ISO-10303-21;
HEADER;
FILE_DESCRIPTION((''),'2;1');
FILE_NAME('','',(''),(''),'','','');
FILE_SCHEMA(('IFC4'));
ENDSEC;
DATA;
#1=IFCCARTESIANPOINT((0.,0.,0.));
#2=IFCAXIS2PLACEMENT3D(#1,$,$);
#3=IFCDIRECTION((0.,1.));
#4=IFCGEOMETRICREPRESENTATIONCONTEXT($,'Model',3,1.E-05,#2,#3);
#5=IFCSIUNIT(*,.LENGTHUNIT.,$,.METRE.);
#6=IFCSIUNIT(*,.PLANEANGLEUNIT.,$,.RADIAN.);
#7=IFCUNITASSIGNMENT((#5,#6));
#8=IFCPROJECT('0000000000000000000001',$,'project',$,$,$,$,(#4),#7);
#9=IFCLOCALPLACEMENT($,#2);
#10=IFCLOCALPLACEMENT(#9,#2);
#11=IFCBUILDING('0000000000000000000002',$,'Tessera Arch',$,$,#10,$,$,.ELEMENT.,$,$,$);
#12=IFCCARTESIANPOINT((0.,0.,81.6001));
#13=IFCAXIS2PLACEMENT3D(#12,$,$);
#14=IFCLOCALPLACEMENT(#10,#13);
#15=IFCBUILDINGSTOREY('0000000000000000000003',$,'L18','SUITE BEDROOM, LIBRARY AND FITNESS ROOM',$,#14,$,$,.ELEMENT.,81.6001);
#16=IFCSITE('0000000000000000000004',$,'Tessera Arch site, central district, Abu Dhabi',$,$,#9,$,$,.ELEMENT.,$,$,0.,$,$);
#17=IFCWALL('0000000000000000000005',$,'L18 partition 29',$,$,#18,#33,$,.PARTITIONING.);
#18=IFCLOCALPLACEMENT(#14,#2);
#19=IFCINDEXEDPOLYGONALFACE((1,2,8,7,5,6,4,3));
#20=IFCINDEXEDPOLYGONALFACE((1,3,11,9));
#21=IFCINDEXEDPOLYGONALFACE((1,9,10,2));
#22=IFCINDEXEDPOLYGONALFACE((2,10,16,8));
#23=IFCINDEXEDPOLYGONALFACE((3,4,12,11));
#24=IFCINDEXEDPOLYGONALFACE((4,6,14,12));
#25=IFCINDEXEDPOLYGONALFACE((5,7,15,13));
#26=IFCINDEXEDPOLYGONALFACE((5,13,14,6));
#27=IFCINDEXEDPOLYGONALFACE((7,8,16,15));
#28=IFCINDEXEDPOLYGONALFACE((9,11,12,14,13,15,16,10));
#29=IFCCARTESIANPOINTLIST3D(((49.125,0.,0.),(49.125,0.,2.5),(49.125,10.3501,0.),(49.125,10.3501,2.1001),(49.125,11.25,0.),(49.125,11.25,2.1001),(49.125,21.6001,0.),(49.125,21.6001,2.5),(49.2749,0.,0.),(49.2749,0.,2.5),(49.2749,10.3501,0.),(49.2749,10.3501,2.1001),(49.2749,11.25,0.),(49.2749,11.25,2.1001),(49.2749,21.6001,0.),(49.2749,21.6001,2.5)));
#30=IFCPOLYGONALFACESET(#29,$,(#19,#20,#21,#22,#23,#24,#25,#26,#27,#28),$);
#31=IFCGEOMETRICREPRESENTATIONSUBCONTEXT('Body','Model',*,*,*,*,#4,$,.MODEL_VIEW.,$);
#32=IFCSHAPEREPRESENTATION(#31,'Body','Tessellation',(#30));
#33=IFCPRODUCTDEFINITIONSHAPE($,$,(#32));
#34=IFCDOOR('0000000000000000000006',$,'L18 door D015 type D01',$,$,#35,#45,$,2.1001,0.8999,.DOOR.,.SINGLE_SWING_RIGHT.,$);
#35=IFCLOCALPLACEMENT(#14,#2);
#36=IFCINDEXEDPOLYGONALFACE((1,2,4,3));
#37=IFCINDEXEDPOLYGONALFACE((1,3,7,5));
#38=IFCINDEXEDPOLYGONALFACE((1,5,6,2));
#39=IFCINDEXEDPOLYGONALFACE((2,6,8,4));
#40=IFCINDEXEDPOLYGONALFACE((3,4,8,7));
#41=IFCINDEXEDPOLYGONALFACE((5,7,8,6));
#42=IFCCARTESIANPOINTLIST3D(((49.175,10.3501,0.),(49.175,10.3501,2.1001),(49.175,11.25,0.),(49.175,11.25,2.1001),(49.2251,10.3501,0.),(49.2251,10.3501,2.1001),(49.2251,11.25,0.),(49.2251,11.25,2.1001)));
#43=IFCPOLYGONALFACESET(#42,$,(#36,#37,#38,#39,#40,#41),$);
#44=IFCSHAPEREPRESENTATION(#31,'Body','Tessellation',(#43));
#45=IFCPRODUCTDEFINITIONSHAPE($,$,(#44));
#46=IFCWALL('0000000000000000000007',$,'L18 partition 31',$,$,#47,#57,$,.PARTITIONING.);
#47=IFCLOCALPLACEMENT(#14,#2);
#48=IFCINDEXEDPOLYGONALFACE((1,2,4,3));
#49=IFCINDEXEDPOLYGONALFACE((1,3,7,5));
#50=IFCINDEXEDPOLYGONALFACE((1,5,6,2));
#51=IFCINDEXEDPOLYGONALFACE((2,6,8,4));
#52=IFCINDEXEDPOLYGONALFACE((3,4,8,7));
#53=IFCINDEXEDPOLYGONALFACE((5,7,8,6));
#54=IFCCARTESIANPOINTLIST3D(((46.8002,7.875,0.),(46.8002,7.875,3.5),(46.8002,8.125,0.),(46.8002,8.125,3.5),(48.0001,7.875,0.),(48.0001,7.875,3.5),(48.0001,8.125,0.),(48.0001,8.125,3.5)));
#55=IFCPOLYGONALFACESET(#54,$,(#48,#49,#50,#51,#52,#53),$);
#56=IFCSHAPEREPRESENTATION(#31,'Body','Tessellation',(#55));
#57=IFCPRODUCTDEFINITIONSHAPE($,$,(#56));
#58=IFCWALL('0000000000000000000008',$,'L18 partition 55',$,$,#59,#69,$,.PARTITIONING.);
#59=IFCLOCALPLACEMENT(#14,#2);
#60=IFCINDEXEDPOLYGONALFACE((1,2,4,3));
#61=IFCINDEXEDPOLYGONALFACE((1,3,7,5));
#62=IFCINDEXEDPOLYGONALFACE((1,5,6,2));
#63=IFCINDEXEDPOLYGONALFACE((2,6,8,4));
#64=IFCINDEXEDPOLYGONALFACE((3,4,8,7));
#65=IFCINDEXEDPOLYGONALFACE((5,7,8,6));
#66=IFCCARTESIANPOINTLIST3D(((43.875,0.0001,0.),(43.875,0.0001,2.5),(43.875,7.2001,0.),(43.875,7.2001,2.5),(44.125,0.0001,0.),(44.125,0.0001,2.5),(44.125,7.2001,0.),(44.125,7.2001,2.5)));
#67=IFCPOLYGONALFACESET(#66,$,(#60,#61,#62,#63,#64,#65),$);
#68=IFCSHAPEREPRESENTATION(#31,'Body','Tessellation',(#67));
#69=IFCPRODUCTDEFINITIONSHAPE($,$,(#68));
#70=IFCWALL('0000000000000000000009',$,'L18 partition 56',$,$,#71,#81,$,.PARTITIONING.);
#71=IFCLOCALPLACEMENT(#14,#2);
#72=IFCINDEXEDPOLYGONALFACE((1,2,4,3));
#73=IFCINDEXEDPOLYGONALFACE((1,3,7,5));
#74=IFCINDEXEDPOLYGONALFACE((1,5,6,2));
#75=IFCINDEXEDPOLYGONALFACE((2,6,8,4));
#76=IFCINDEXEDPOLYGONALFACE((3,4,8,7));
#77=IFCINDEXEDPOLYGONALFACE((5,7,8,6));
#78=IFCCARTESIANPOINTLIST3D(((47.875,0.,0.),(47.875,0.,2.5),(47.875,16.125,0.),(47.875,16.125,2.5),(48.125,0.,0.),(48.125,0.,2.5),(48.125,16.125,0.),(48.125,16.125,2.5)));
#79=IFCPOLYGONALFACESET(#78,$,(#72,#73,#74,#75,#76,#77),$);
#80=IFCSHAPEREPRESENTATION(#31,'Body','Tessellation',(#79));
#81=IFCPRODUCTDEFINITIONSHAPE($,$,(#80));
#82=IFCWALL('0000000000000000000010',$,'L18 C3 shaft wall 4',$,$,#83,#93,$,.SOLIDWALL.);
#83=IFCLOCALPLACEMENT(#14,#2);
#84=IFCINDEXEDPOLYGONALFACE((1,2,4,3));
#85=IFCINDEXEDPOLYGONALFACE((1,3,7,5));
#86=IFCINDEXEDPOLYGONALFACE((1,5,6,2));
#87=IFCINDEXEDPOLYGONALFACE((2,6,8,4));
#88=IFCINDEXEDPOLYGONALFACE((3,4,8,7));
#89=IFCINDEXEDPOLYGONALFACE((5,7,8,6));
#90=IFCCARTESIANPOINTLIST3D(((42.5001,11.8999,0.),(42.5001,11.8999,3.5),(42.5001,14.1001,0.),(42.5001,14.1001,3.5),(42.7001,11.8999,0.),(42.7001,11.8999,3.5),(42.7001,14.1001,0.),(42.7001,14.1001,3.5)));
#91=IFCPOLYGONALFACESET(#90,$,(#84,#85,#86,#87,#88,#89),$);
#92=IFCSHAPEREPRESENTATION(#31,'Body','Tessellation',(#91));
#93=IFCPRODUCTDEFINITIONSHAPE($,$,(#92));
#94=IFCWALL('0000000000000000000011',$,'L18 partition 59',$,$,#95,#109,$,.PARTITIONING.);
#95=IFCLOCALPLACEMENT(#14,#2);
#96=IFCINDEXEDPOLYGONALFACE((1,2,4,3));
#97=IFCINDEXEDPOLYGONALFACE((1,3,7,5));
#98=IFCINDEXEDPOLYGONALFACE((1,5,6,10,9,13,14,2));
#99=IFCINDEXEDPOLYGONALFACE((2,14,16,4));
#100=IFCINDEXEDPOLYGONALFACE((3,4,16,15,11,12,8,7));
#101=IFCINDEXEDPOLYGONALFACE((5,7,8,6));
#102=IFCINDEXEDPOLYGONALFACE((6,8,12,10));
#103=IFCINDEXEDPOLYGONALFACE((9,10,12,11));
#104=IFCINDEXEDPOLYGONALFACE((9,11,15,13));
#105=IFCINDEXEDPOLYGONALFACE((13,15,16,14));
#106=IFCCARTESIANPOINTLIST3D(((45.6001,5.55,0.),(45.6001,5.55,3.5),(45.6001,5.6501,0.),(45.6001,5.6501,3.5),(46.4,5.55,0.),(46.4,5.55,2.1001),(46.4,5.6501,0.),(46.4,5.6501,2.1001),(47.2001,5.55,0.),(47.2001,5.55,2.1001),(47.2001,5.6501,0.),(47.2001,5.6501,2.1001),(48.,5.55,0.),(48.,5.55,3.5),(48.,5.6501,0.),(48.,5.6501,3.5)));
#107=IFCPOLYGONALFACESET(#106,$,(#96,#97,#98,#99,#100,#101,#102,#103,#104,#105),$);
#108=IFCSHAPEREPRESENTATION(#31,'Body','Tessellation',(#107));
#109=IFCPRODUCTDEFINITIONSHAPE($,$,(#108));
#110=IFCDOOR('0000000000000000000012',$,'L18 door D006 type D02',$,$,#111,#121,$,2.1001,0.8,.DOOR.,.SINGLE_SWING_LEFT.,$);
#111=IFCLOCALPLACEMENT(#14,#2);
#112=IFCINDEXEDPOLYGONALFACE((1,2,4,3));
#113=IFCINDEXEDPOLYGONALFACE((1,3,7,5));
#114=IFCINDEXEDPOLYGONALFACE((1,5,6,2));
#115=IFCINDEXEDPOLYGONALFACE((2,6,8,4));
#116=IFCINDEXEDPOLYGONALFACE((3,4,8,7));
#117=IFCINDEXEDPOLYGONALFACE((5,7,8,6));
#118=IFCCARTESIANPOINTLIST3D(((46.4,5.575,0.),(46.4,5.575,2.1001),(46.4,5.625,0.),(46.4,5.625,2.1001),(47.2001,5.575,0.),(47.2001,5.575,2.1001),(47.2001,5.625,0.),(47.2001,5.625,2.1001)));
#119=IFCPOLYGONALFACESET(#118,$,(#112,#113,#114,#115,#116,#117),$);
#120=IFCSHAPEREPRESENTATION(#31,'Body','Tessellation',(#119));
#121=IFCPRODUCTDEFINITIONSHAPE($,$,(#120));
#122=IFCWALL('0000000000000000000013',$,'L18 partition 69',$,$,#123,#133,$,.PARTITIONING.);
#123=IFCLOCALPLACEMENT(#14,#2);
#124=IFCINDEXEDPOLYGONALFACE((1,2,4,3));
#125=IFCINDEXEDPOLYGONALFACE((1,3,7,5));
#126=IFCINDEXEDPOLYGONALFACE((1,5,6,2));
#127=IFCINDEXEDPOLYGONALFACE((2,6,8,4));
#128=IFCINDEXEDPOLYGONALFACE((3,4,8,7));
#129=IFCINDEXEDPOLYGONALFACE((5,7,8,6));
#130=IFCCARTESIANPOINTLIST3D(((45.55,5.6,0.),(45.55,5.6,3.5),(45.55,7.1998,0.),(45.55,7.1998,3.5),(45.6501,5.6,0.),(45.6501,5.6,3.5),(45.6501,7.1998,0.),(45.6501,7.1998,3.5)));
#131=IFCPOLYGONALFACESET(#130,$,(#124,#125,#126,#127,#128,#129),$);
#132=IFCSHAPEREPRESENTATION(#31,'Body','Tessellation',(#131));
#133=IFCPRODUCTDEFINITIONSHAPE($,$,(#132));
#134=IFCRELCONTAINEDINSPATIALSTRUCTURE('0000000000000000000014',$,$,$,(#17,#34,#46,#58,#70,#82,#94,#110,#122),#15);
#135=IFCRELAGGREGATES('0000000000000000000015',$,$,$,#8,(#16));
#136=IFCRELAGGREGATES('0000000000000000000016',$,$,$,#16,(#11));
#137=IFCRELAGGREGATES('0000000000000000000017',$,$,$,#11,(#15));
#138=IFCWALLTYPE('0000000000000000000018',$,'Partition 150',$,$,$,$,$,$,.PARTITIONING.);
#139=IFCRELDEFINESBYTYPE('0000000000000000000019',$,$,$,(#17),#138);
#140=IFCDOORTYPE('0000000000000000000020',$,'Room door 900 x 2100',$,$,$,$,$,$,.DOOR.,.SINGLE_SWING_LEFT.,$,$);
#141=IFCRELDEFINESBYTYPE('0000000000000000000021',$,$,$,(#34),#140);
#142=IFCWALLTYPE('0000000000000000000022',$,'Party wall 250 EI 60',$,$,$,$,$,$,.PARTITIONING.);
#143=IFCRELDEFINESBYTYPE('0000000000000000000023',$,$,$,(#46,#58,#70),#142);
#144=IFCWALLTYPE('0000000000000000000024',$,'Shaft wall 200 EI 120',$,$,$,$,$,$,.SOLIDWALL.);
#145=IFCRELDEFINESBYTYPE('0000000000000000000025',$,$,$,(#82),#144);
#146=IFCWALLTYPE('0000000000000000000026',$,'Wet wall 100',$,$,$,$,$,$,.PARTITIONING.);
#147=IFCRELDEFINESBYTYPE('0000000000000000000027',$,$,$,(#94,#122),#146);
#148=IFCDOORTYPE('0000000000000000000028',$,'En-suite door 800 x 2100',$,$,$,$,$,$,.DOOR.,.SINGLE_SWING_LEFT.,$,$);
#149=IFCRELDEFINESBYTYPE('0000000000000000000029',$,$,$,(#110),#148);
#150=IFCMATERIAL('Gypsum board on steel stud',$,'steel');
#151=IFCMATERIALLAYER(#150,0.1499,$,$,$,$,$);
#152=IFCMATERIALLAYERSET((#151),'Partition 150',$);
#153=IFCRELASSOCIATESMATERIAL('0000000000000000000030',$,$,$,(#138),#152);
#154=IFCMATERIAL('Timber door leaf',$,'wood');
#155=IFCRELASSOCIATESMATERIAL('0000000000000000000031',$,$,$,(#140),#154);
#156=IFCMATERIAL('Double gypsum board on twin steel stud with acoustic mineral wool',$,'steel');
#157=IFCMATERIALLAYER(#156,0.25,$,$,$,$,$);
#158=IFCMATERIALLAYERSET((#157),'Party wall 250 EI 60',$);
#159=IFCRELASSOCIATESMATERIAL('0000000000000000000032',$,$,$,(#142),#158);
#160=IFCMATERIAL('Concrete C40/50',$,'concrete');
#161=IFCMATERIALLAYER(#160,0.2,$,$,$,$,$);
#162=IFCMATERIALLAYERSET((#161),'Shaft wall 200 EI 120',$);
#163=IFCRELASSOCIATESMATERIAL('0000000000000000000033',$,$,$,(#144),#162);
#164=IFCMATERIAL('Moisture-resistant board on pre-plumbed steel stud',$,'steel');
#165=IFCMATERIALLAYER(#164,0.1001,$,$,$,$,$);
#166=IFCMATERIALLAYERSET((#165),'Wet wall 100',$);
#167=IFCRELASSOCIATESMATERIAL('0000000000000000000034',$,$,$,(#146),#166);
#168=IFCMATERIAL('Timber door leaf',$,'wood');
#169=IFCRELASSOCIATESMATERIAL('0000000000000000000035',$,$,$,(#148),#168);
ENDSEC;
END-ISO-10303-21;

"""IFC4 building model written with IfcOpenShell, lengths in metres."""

from ifc_helpers import new_model, si_unit, direction, frame, frame_2d, origin, place, context, subcontext, project, spatial, rectangle, extrude, material, layer, layer_set, type_object, element, fill, save


model = new_model("IFC4")

# Units and contexts
model_context = context("Model", 3, precision=1e-05, world=origin(), true_north=direction((0.0, 1.0)))
body_context = subcontext(model_context, "Body", "Model", "MODEL_VIEW")
ifc_project = project(units=[si_unit("LENGTHUNIT", "METRE"), si_unit("PLANEANGLEUNIT", "RADIAN")], contexts=[model_context])

# Site, building, storey
site_placement = place(None, origin())
site = spatial("IfcSite", under=ifc_project, at=site_placement, Name="Tessera Arch site, central district, Abu Dhabi", CompositionType="ELEMENT", RefElevation=0.0)
building_placement = place(site_placement, origin())
building = spatial("IfcBuilding", under=site, at=building_placement, Name="Tessera Arch", CompositionType="ELEMENT")
storey_placement = place(building_placement, frame((0.0, 0.0, 81.6001)))
storey = spatial("IfcBuildingStorey", under=building, at=storey_placement, Name="L18", Description="SUITE BEDROOM, LIBRARY AND FITNESS ROOM", CompositionType="ELEMENT", Elevation=81.6001)

# Wall, opening, door
ifc_material_1 = material(Name="Gypsum board on steel stud", Category="steel")
ifc_layer_1 = layer(ifc_material_1, 0.1499)
ifc_layer_set_1 = layer_set([ifc_layer_1], Name="Partition 150")
wall_type_1 = type_object("IfcWallType", Name="Partition 150", PredefinedType="PARTITIONING", material=ifc_layer_set_1)
ifc_material_2 = material(Name="Timber door leaf", Category="wood")
door_type_1 = type_object("IfcDoorType", Name="Room door 900 x 2100", OperationType="SINGLE_SWING_LEFT", PredefinedType="DOOR", material=ifc_material_2)
wall_1_placement = place(storey_placement, frame((49.2, 0.0, 0.0), z_axis=(0.0, 0.0, 1.0), x_axis=(0.0, 1.0, 0.0)))
wall_1 = element("IfcWall", 1, at=wall_1_placement, inside=storey, type_object=wall_type_1, Name="L18 partition 29", PredefinedType="PARTITIONING", context=body_context, shape_type="SweptSolid", body=[
    extrude(rectangle(XDim=21.6001, YDim=0.1499, at=frame_2d((10.8, 0.0))), origin(), (0.0, 0.0, 1.0), 2.5),
])
opening_1_placement = place(wall_1_placement, frame((10.3501, 0.0, 0.0)))
opening_1 = element("IfcOpeningElement", 2, at=opening_1_placement, cuts=wall_1, PredefinedType="OPENING", context=body_context, shape_type="SweptSolid", body=[
    extrude(rectangle(XDim=0.8999, YDim=2.1001, at=frame_2d((0.45, 1.05))), frame((0.0, 0.085, 0.0), z_axis=(0.0, -1.0, 0.0), x_axis=(1.0, 0.0, 0.0)), (0.0, 0.0, 1.0), 0.1699),
])
door_1_placement = place(opening_1_placement, origin())
door_1 = element("IfcDoor", 3, at=door_1_placement, inside=storey, type_object=door_type_1, Name="L18 door D015 type D01", OperationType="SINGLE_SWING_RIGHT", OverallHeight=2.1001, OverallWidth=0.8999, PredefinedType="DOOR", context=body_context, shape_type="SweptSolid", body=[
    extrude(rectangle(XDim=0.8999, YDim=2.1001, at=frame_2d((0.45, 1.05))), frame((0.0, 0.0249, 0.0), z_axis=(0.0, -1.0, 0.0), x_axis=(1.0, 0.0, 0.0)), (0.0, 0.0, 1.0), 0.05),
])
fill(opening_1, door_1)

# Walls
ifc_material_3 = material(Name="Double gypsum board on twin steel stud with acoustic mineral wool", Category="steel")
ifc_layer_2 = layer(ifc_material_3, 0.25)
ifc_layer_set_2 = layer_set([ifc_layer_2], Name="Party wall 250 EI 60")
wall_type_2 = type_object("IfcWallType", Name="Party wall 250 EI 60", PredefinedType="PARTITIONING", material=ifc_layer_set_2)
wall_2_placement = place(storey_placement, frame((46.8, 8.0, 0.0), z_axis=(0.0, 0.0, 1.0), x_axis=(1.0, 0.0, 0.0)))
element("IfcWall", 4, at=wall_2_placement, inside=storey, type_object=wall_type_2, Name="L18 partition 31", PredefinedType="PARTITIONING", context=body_context, shape_type="SweptSolid", body=[
    extrude(rectangle(XDim=1.2, YDim=0.25, at=frame_2d((0.6001, 0.0))), origin(), (0.0, 0.0, 1.0), 3.5),
])
wall_3_placement = place(storey_placement, frame((44.0, 0.0, 0.0), z_axis=(0.0, 0.0, 1.0), x_axis=(0.0, 1.0, 0.0)))
element("IfcWall", 5, at=wall_3_placement, inside=storey, type_object=wall_type_2, Name="L18 partition 55", PredefinedType="PARTITIONING", context=body_context, shape_type="SweptSolid", body=[
    extrude(rectangle(XDim=7.2, YDim=0.25, at=frame_2d((3.6001, 0.0))), origin(), (0.0, 0.0, 1.0), 2.5),
])
wall_4_placement = place(storey_placement, frame((48.0, 0.0, 0.0), z_axis=(0.0, 0.0, 1.0), x_axis=(0.0, 1.0, 0.0)))
element("IfcWall", 6, at=wall_4_placement, inside=storey, type_object=wall_type_2, Name="L18 partition 56", PredefinedType="PARTITIONING", context=body_context, shape_type="SweptSolid", body=[
    extrude(rectangle(XDim=16.125, YDim=0.25, at=frame_2d((8.0625, 0.0))), origin(), (0.0, 0.0, 1.0), 2.5),
])
ifc_material_4 = material(Name="Concrete C40/50", Category="concrete")
ifc_layer_3 = layer(ifc_material_4, 0.2)
ifc_layer_set_3 = layer_set([ifc_layer_3], Name="Shaft wall 200 EI 120")
wall_type_3 = type_object("IfcWallType", Name="Shaft wall 200 EI 120", PredefinedType="SOLIDWALL", material=ifc_layer_set_3)
wall_5_placement = place(storey_placement, frame((42.6001, 11.8999, 0.0), z_axis=(0.0, 0.0, 1.0), x_axis=(0.0, 1.0, 0.0)))
element("IfcWall", 7, at=wall_5_placement, inside=storey, type_object=wall_type_3, Name="L18 C3 shaft wall 4", PredefinedType="SOLIDWALL", context=body_context, shape_type="SweptSolid", body=[
    extrude(rectangle(XDim=2.2002, YDim=0.2, at=frame_2d((1.1001, 0.0))), origin(), (0.0, 0.0, 1.0), 3.5),
])

# Wall, opening, door
ifc_material_5 = material(Name="Moisture-resistant board on pre-plumbed steel stud", Category="steel")
ifc_layer_4 = layer(ifc_material_5, 0.1001)
ifc_layer_set_4 = layer_set([ifc_layer_4], Name="Wet wall 100")
wall_type_4 = type_object("IfcWallType", Name="Wet wall 100", PredefinedType="PARTITIONING", material=ifc_layer_set_4)
wall_6_placement = place(storey_placement, frame((45.6001, 5.6001, 0.0), z_axis=(0.0, 0.0, 1.0), x_axis=(1.0, 0.0, 0.0)))
wall_6 = element("IfcWall", 8, at=wall_6_placement, inside=storey, type_object=wall_type_4, Name="L18 partition 59", PredefinedType="PARTITIONING", context=body_context, shape_type="SweptSolid", body=[
    extrude(rectangle(XDim=2.3999, YDim=0.1001, at=frame_2d((1.2, 0.0))), origin(), (0.0, 0.0, 1.0), 3.5),
])
opening_2_placement = place(wall_6_placement, frame((0.8, 0.0, 0.0)))
opening_2 = element("IfcOpeningElement", 9, at=opening_2_placement, cuts=wall_6, PredefinedType="OPENING", context=body_context, shape_type="SweptSolid", body=[
    extrude(rectangle(XDim=0.8, YDim=2.1001, at=frame_2d((0.3999, 1.05))), frame((0.0, 0.0601, 0.0), z_axis=(0.0, -1.0, 0.0), x_axis=(1.0, 0.0, 0.0)), (0.0, 0.0, 1.0), 0.1201),
])
ifc_material_6 = material(Name="Timber door leaf", Category="wood")
door_type_2 = type_object("IfcDoorType", Name="En-suite door 800 x 2100", OperationType="SINGLE_SWING_LEFT", PredefinedType="DOOR", material=ifc_material_6)
door_2_placement = place(opening_2_placement, origin())
door_2 = element("IfcDoor", 10, at=door_2_placement, inside=storey, type_object=door_type_2, Name="L18 door D006 type D02", OperationType="SINGLE_SWING_LEFT", OverallHeight=2.1001, OverallWidth=0.8, PredefinedType="DOOR", context=body_context, shape_type="SweptSolid", body=[
    extrude(rectangle(XDim=0.8, YDim=2.1001, at=frame_2d((0.3999, 1.05))), frame((0.0, 0.0249, 0.0), z_axis=(0.0, -1.0, 0.0), x_axis=(1.0, 0.0, 0.0)), (0.0, 0.0, 1.0), 0.05),
])
fill(opening_2, door_2)

# Wall
wall_7_placement = place(storey_placement, frame((45.6001, 5.6001, 0.0), z_axis=(0.0, 0.0, 1.0), x_axis=(0.0, 1.0, 0.0)))
element("IfcWall", 11, at=wall_7_placement, inside=storey, type_object=wall_type_4, Name="L18 partition 69", PredefinedType="PARTITIONING", context=body_context, shape_type="SweptSolid", body=[
    extrude(rectangle(XDim=1.5999, YDim=0.1001, at=frame_2d((0.7998, 0.0))), origin(), (0.0, 0.0, 1.0), 3.5),
])

save(model, "model.ifc")
